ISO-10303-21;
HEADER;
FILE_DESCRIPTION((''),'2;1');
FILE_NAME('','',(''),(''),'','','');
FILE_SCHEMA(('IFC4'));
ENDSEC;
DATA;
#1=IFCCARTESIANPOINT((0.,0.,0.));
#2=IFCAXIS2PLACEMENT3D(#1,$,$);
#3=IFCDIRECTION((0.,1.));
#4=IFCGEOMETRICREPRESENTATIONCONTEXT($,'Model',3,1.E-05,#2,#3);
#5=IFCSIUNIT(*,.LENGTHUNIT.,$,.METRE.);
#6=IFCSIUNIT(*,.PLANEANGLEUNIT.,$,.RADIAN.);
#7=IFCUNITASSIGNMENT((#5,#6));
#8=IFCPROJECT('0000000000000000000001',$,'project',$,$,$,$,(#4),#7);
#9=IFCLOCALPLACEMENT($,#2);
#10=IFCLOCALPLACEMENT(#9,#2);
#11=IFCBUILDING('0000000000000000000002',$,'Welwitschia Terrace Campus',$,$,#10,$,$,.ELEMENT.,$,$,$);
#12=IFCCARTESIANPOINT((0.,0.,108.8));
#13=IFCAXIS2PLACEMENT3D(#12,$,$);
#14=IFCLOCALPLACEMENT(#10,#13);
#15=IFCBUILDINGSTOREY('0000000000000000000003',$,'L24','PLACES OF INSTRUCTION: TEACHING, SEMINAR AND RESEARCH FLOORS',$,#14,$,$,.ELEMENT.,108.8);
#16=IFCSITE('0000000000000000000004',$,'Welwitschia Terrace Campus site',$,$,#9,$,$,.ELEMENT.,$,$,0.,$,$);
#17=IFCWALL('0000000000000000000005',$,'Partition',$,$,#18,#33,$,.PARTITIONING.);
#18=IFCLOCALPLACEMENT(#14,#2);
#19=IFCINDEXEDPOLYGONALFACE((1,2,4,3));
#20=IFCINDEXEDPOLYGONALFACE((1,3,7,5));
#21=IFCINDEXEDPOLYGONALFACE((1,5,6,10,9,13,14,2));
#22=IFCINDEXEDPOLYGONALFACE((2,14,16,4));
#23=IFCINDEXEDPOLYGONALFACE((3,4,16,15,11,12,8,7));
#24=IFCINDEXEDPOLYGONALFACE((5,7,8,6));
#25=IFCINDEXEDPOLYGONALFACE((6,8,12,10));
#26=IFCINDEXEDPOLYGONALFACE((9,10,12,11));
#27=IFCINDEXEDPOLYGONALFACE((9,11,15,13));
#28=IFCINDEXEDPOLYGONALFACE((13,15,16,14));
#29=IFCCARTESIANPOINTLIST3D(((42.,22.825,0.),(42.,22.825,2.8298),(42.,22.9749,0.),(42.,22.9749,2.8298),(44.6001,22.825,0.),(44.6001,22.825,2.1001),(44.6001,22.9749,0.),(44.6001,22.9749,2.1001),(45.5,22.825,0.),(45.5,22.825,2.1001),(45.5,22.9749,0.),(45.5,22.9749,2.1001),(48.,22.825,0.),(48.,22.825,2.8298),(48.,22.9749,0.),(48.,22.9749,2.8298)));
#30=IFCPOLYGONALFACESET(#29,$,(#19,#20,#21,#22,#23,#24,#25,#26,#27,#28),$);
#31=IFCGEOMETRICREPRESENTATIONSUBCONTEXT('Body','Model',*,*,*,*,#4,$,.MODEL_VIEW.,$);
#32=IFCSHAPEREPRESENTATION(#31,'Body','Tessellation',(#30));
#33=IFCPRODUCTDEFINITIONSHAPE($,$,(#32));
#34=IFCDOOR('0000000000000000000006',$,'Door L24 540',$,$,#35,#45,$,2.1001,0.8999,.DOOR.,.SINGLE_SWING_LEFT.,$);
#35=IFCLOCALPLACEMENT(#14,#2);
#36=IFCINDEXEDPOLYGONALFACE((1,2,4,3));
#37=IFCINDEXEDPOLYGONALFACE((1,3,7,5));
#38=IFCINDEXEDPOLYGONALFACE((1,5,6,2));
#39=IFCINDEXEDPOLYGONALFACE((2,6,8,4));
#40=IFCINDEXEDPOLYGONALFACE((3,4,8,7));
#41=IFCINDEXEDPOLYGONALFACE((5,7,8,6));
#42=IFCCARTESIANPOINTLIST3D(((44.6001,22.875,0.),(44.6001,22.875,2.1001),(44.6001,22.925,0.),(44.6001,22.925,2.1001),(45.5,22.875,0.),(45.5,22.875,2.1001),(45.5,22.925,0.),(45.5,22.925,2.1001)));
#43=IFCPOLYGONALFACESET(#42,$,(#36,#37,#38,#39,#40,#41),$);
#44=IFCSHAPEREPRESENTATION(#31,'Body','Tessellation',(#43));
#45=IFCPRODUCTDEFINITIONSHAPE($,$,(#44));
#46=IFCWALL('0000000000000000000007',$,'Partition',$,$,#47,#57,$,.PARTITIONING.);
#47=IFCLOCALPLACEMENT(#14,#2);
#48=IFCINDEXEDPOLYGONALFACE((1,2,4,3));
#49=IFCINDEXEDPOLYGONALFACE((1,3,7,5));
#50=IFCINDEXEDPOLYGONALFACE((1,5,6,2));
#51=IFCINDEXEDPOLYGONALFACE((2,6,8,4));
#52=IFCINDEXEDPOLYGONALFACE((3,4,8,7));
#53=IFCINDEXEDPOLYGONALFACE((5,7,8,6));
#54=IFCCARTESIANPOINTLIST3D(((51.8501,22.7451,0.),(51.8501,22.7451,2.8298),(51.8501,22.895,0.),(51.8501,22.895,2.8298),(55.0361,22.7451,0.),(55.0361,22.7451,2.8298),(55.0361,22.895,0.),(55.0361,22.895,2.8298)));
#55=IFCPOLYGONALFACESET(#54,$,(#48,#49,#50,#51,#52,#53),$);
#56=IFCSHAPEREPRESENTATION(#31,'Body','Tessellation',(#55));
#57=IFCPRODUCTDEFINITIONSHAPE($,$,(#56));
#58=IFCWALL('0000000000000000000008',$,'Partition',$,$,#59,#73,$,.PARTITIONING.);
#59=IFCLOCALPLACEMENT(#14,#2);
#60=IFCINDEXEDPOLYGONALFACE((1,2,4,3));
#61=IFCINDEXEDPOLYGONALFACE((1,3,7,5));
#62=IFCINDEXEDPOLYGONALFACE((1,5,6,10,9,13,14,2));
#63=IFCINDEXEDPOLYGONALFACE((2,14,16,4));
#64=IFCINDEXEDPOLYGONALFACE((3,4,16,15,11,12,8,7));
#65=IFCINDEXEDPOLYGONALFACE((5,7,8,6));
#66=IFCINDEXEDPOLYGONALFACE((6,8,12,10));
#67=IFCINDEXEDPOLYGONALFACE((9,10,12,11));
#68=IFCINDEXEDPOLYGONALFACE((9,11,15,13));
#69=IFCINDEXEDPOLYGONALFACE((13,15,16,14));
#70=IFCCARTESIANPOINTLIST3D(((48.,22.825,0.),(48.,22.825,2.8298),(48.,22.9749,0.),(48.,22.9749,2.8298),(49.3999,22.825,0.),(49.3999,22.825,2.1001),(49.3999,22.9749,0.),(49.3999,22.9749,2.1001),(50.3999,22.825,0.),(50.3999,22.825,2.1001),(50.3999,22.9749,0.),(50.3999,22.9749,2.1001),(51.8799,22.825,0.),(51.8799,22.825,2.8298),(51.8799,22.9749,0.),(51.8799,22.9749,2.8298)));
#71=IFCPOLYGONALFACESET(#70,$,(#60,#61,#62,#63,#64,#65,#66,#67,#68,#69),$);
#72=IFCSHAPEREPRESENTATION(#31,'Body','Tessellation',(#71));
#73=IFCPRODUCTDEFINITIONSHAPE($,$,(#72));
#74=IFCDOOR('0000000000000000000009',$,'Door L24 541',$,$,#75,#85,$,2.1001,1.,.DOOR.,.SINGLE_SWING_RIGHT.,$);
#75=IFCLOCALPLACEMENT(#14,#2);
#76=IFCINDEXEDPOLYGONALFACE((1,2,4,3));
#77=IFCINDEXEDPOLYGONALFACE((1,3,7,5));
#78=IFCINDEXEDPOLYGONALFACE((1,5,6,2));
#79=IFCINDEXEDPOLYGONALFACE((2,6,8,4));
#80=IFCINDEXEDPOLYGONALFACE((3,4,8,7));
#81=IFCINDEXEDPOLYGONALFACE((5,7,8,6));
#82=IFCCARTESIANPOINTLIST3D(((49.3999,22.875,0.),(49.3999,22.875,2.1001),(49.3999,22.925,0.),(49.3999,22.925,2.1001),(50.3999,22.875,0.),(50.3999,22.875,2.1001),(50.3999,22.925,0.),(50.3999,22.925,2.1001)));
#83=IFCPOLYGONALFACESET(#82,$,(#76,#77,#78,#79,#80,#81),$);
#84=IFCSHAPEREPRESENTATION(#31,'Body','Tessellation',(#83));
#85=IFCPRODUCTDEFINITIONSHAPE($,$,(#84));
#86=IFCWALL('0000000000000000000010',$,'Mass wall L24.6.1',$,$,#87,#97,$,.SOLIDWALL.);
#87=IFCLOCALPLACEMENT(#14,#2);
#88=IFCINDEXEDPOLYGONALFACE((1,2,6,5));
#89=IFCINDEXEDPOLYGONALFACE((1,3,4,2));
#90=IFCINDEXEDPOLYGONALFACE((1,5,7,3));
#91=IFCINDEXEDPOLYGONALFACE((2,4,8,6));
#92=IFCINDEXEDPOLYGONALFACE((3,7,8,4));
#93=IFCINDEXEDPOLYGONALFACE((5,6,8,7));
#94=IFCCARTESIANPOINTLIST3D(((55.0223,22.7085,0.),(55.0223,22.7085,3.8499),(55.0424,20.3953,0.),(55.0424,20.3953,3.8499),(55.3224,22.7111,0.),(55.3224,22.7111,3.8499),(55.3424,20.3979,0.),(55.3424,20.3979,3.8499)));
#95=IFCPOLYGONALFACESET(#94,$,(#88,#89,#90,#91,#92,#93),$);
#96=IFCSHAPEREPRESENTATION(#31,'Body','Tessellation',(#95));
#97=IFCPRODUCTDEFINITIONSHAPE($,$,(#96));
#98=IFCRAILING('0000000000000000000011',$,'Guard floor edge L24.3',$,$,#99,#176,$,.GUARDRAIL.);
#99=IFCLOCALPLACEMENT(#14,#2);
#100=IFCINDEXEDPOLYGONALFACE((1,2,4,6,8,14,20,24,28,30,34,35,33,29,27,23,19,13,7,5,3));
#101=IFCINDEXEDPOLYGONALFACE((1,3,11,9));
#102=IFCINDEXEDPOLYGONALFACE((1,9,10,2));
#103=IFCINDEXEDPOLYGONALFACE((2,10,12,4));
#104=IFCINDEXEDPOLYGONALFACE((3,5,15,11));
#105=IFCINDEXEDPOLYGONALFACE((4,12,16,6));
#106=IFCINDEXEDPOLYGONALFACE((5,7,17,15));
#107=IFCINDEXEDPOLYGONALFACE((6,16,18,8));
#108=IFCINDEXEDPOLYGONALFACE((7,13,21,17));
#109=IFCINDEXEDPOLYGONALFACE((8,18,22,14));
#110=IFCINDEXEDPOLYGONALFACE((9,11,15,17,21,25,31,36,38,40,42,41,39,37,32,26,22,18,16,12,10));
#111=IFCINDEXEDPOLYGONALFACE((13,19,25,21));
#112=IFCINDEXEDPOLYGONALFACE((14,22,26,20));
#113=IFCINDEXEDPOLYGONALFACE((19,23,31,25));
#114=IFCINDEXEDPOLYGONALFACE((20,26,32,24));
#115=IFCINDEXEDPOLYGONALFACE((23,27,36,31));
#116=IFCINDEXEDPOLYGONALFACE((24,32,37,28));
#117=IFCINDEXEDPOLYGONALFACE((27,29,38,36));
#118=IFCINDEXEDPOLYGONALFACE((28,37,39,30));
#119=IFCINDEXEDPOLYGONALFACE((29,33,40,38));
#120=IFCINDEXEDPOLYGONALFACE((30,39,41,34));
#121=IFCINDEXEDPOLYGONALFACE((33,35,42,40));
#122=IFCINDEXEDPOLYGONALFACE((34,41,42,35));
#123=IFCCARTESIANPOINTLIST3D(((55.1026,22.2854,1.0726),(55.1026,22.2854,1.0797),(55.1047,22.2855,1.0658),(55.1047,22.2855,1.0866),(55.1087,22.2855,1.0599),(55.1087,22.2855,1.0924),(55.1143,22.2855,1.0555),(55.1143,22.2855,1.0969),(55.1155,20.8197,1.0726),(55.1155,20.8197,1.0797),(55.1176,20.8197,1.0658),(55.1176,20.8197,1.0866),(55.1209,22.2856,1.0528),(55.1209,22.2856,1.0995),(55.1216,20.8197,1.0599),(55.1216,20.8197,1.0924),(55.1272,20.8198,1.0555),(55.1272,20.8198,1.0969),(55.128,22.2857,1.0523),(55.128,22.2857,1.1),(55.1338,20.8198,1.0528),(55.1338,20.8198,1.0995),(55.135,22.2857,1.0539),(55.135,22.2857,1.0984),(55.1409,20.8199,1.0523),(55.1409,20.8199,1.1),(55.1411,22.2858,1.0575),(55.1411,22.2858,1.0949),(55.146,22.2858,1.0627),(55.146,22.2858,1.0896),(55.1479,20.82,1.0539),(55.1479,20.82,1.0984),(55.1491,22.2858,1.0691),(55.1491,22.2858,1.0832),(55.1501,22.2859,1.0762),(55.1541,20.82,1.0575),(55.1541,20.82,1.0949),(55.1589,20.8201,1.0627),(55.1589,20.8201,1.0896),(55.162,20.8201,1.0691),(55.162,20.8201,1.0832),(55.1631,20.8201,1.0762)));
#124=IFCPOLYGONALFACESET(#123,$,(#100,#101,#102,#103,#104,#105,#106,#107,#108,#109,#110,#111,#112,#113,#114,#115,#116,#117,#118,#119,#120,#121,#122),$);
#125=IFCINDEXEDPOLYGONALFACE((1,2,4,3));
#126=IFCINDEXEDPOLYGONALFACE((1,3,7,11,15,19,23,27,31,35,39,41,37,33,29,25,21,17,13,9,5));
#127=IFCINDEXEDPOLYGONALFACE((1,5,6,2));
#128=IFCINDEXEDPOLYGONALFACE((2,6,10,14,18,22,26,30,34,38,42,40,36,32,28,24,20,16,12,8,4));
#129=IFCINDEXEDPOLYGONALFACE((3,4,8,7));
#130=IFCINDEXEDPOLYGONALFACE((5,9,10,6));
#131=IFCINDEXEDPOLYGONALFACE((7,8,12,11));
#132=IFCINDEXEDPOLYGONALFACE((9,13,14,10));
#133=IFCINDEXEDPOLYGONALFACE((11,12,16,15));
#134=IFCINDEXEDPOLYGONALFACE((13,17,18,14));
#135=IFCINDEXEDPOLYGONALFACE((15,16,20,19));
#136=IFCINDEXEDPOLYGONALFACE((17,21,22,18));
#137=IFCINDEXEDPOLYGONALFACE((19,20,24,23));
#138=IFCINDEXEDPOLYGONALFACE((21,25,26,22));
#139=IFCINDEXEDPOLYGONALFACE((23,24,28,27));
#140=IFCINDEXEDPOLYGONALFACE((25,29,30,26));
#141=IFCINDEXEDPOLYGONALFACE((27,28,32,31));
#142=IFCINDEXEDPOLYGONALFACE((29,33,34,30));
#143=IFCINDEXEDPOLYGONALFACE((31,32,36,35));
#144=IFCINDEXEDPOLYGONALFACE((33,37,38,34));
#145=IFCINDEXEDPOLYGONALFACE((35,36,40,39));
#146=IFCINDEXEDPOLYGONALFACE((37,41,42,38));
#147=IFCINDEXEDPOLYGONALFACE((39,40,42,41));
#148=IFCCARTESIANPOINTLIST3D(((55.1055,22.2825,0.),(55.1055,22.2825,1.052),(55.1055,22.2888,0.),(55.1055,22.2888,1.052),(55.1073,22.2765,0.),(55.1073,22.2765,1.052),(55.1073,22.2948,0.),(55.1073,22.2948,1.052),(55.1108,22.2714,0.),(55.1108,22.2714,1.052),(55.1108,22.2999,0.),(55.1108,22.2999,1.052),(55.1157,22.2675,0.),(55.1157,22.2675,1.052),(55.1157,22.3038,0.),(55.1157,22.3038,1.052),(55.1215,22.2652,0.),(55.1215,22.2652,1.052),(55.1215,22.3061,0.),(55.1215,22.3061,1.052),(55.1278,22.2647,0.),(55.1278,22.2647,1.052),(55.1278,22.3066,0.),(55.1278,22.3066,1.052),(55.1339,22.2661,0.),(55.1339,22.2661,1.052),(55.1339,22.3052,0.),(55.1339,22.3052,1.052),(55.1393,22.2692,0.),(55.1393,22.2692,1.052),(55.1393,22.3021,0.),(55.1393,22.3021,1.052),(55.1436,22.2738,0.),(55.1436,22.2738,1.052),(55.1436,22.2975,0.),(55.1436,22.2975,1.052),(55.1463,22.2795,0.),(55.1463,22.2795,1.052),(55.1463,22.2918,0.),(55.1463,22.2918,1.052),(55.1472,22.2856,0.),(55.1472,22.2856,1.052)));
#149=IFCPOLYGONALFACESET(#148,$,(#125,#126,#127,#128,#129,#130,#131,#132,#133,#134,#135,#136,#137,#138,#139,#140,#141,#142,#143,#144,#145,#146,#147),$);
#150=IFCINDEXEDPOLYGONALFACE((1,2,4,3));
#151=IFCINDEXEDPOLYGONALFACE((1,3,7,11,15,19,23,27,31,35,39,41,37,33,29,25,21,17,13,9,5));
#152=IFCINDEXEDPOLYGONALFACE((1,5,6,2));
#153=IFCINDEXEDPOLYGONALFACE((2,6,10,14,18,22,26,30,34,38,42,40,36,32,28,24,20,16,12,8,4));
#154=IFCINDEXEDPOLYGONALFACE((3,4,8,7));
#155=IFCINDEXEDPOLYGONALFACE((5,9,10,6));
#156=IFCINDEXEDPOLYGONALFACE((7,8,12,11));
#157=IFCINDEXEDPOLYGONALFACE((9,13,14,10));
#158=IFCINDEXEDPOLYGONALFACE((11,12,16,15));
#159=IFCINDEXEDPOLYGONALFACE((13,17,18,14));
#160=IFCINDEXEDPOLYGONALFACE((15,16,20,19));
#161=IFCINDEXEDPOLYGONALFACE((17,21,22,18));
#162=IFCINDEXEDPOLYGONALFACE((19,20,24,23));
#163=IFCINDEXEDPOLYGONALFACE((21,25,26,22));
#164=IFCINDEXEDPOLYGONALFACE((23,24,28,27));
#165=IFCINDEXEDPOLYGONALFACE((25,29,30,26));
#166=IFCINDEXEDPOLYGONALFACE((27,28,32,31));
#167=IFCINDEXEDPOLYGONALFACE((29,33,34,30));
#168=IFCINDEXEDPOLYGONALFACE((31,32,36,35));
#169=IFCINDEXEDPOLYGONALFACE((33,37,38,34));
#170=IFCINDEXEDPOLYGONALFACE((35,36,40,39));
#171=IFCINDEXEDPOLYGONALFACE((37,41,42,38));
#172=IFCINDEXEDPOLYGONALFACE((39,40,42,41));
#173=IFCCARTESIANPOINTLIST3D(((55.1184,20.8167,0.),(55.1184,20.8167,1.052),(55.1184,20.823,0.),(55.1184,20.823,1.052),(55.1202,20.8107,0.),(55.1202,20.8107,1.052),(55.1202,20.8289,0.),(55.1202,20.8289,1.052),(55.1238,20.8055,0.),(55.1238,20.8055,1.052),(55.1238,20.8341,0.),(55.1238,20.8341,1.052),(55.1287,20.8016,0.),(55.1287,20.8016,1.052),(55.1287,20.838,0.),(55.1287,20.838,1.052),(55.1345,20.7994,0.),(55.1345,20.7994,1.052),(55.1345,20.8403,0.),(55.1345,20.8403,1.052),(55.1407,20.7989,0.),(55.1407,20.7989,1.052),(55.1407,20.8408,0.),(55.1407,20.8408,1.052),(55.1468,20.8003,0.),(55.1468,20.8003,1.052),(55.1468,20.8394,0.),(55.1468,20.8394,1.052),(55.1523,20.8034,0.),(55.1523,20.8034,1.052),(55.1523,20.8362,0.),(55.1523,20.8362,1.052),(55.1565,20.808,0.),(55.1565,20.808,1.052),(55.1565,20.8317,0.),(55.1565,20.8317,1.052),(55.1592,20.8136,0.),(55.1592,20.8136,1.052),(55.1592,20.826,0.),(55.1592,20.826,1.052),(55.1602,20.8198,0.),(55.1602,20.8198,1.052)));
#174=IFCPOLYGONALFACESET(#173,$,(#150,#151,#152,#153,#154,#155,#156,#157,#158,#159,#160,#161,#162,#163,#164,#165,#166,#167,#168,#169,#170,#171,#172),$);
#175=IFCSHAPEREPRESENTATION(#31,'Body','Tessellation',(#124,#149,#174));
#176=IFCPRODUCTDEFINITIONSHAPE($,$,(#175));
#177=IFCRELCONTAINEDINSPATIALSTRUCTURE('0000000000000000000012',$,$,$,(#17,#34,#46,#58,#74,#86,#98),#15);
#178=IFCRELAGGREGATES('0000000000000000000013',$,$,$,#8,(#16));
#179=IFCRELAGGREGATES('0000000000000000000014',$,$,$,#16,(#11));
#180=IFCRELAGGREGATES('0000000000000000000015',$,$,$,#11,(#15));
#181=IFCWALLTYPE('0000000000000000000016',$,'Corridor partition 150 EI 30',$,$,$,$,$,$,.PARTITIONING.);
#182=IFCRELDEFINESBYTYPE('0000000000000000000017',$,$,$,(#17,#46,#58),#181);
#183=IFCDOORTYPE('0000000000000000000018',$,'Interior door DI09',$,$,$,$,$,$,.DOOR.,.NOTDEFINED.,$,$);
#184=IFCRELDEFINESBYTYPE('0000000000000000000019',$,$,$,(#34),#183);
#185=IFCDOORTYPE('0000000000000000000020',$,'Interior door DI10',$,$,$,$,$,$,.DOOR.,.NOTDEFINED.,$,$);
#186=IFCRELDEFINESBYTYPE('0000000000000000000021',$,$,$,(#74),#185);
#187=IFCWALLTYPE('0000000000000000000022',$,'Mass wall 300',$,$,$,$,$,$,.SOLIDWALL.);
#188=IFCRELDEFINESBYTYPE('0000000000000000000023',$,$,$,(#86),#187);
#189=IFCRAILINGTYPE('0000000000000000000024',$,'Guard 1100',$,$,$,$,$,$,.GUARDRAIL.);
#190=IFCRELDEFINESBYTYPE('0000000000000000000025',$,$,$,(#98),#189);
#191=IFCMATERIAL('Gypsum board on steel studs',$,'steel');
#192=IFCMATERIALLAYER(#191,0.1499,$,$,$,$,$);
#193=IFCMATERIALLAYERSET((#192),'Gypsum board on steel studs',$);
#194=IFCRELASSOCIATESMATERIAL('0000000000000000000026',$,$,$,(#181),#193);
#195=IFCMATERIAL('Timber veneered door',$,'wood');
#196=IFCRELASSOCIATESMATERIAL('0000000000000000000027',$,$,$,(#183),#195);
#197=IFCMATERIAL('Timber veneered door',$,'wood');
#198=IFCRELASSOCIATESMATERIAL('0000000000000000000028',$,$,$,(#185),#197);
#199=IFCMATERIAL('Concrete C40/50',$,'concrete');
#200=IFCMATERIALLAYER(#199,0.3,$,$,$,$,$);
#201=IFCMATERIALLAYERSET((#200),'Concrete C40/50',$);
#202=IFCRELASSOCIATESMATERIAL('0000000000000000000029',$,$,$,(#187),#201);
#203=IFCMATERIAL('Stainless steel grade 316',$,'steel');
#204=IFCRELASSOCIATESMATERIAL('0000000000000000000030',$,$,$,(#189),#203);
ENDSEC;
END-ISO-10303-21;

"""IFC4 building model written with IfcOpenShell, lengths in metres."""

from ifc_helpers import new_model, si_unit, direction, frame, frame_2d, origin, origin_2d, place, context, subcontext, project, spatial, rectangle, circle, extrude, material, layer, layer_set, type_object, element, fill, save


model = new_model("IFC4")

# Units and contexts
model_context = context("Model", 3, precision=1e-05, world=origin(), true_north=direction((0.0, 1.0)))
body_context = subcontext(model_context, "Body", "Model", "MODEL_VIEW")
ifc_project = project(units=[si_unit("LENGTHUNIT", "METRE"), si_unit("PLANEANGLEUNIT", "RADIAN")], contexts=[model_context])

# Site, building, storey
site_placement = place(None, origin())
site = spatial("IfcSite", under=ifc_project, at=site_placement, Name="Welwitschia Terrace Campus site", CompositionType="ELEMENT", RefElevation=0.0)
building_placement = place(site_placement, origin())
building = spatial("IfcBuilding", under=site, at=building_placement, Name="Welwitschia Terrace Campus", CompositionType="ELEMENT")
storey_placement = place(building_placement, frame((0.0, 0.0, 108.8)))
storey = spatial("IfcBuildingStorey", under=building, at=storey_placement, Name="L24", Description="PLACES OF INSTRUCTION: TEACHING, SEMINAR AND RESEARCH FLOORS", CompositionType="ELEMENT", Elevation=108.8)

# Wall, opening, door
ifc_material_1 = material(Name="Gypsum board on steel studs", Category="steel")
ifc_layer_1 = layer(ifc_material_1, 0.1499)
ifc_layer_set_1 = layer_set([ifc_layer_1], Name="Gypsum board on steel studs")
wall_type_1 = type_object("IfcWallType", Name="Corridor partition 150 EI 30", PredefinedType="PARTITIONING", material=ifc_layer_set_1)
wall_1_placement = place(storey_placement, frame((48.0, 22.8999, 0.0), z_axis=(0.0, 0.0, 1.0), x_axis=(-1.0, 0.0, 0.0)))
wall_1 = element("IfcWall", 1, at=wall_1_placement, inside=storey, type_object=wall_type_1, Name="Partition", PredefinedType="PARTITIONING", context=body_context, shape_type="SweptSolid", body=[
    extrude(rectangle(XDim=6.0, YDim=0.1499, at=frame_2d((3.0, 0.0))), origin(), (0.0, 0.0, 1.0), 2.8298),
])
opening_1_placement = place(wall_1_placement, frame((2.5, 0.0, 0.0)))
opening_1 = element("IfcOpeningElement", 2, at=opening_1_placement, cuts=wall_1, PredefinedType="OPENING", context=body_context, shape_type="SweptSolid", body=[
    extrude(rectangle(XDim=0.8999, YDim=2.1001, at=frame_2d((0.45, 1.05))), frame((0.0, 0.085, 0.0), z_axis=(0.0, -1.0, 0.0), x_axis=(1.0, 0.0, 0.0)), (0.0, 0.0, 1.0), 0.1699),
])
ifc_material_2 = material(Name="Timber veneered door", Category="wood")
door_type_1 = type_object("IfcDoorType", Name="Interior door DI09", OperationType="NOTDEFINED", PredefinedType="DOOR", material=ifc_material_2)
door_1_placement = place(opening_1_placement, origin())
door_1 = element("IfcDoor", 3, at=door_1_placement, inside=storey, type_object=door_type_1, Name="Door L24 540", OperationType="SINGLE_SWING_LEFT", OverallHeight=2.1001, OverallWidth=0.8999, PredefinedType="DOOR", context=body_context, shape_type="SweptSolid", body=[
    extrude(rectangle(XDim=0.8999, YDim=2.1001, at=frame_2d((0.45, 1.05))), frame((0.0, 0.0249, 0.0), z_axis=(0.0, -1.0, 0.0), x_axis=(1.0, 0.0, 0.0)), (0.0, 0.0, 1.0), 0.05),
])
fill(opening_1, door_1)

# Wall
wall_2_placement = place(storey_placement, frame((51.8501, 22.8201, 0.0), z_axis=(0.0, 0.0, 1.0), x_axis=(1.0, 0.0, 0.0)))
element("IfcWall", 4, at=wall_2_placement, inside=storey, type_object=wall_type_1, Name="Partition", PredefinedType="PARTITIONING", context=body_context, shape_type="SweptSolid", body=[
    extrude(rectangle(XDim=3.186, YDim=0.1499, at=frame_2d((1.593, 0.0))), origin(), (0.0, 0.0, 1.0), 2.8298),
])

# Wall, opening, door
wall_3_placement = place(storey_placement, frame((51.8799, 22.8999, 0.0), z_axis=(0.0, 0.0, 1.0), x_axis=(-1.0, 0.0, 0.0)))
wall_3 = element("IfcWall", 5, at=wall_3_placement, inside=storey, type_object=wall_type_1, Name="Partition", PredefinedType="PARTITIONING", context=body_context, shape_type="SweptSolid", body=[
    extrude(rectangle(XDim=3.8799, YDim=0.1499, at=frame_2d((1.9399, 0.0))), origin(), (0.0, 0.0, 1.0), 2.8298),
])
opening_2_placement = place(wall_3_placement, frame((1.48, 0.0, 0.0)))
opening_2 = element("IfcOpeningElement", 6, at=opening_2_placement, cuts=wall_3, PredefinedType="OPENING", context=body_context, shape_type="SweptSolid", body=[
    extrude(rectangle(XDim=1.0, YDim=2.1001, at=frame_2d((0.5, 1.05))), frame((0.0, 0.085, 0.0), z_axis=(0.0, -1.0, 0.0), x_axis=(1.0, 0.0, 0.0)), (0.0, 0.0, 1.0), 0.1699),
])
ifc_material_3 = material(Name="Timber veneered door", Category="wood")
door_type_2 = type_object("IfcDoorType", Name="Interior door DI10", OperationType="NOTDEFINED", PredefinedType="DOOR", material=ifc_material_3)
door_2_placement = place(opening_2_placement, origin())
door_2 = element("IfcDoor", 7, at=door_2_placement, inside=storey, type_object=door_type_2, Name="Door L24 541", OperationType="SINGLE_SWING_RIGHT", OverallHeight=2.1001, OverallWidth=1.0, PredefinedType="DOOR", context=body_context, shape_type="SweptSolid", body=[
    extrude(rectangle(XDim=1.0, YDim=2.1001, at=frame_2d((0.5, 1.05))), frame((0.0, 0.0249, 0.0), z_axis=(0.0, -1.0, 0.0), x_axis=(1.0, 0.0, 0.0)), (0.0, 0.0, 1.0), 0.05),
])
fill(opening_2, door_2)

# Wall
ifc_material_4 = material(Name="Concrete C40/50", Category="concrete")
ifc_layer_2 = layer(ifc_material_4, 0.3)
ifc_layer_set_2 = layer_set([ifc_layer_2], Name="Concrete C40/50")
wall_type_2 = type_object("IfcWallType", Name="Mass wall 300", PredefinedType="SOLIDWALL", material=ifc_layer_set_2)
wall_4_placement = place(storey_placement, frame((55.1924, 20.3965, 0.0), z_axis=(0.0, 0.0, 1.0), x_axis=(-0.008654, 0.999963, 0.0)))
element("IfcWall", 8, at=wall_4_placement, inside=storey, type_object=wall_type_2, Name="Mass wall L24.6.1", PredefinedType="SOLIDWALL", context=body_context, shape_type="SweptSolid", body=[
    extrude(rectangle(XDim=2.3132, YDim=0.3, at=frame_2d((1.1567, 0.0))), origin(), (0.0, 0.0, 1.0), 3.8499),
])

# Railing
ifc_material_5 = material(Name="Stainless steel grade 316", Category="steel")
railing_type = type_object("IfcRailingType", Name="Guard 1100", PredefinedType="GUARDRAIL", material=ifc_material_5)
railing_1_placement = place(storey_placement, frame((55.1262, 22.2856, 0.0)))
element("IfcRailing", 9, at=railing_1_placement, inside=storey, type_object=railing_type, Name="Guard floor edge L24.3", PredefinedType="GUARDRAIL", context=body_context, shape_type="SweptSolid", body=[
    extrude(circle(Radius=0.0239, at=origin_2d()), frame((0.0, 0.0, 1.0762), z_axis=(0.008827, -0.999961, 0.0), x_axis=(0.999961, 0.008827, 0.0)), (0.0, 0.0, 1.0), 1.4658),
    extrude(circle(Radius=0.021, at=origin_2d()), origin(), (0.0, 0.0, 1.0), 1.052),
    extrude(circle(Radius=0.021, at=origin_2d()), frame((0.0129, -1.4658, 0.0)), (0.0, 0.0, 1.0), 1.052),
])

save(model, "model.ifc")
